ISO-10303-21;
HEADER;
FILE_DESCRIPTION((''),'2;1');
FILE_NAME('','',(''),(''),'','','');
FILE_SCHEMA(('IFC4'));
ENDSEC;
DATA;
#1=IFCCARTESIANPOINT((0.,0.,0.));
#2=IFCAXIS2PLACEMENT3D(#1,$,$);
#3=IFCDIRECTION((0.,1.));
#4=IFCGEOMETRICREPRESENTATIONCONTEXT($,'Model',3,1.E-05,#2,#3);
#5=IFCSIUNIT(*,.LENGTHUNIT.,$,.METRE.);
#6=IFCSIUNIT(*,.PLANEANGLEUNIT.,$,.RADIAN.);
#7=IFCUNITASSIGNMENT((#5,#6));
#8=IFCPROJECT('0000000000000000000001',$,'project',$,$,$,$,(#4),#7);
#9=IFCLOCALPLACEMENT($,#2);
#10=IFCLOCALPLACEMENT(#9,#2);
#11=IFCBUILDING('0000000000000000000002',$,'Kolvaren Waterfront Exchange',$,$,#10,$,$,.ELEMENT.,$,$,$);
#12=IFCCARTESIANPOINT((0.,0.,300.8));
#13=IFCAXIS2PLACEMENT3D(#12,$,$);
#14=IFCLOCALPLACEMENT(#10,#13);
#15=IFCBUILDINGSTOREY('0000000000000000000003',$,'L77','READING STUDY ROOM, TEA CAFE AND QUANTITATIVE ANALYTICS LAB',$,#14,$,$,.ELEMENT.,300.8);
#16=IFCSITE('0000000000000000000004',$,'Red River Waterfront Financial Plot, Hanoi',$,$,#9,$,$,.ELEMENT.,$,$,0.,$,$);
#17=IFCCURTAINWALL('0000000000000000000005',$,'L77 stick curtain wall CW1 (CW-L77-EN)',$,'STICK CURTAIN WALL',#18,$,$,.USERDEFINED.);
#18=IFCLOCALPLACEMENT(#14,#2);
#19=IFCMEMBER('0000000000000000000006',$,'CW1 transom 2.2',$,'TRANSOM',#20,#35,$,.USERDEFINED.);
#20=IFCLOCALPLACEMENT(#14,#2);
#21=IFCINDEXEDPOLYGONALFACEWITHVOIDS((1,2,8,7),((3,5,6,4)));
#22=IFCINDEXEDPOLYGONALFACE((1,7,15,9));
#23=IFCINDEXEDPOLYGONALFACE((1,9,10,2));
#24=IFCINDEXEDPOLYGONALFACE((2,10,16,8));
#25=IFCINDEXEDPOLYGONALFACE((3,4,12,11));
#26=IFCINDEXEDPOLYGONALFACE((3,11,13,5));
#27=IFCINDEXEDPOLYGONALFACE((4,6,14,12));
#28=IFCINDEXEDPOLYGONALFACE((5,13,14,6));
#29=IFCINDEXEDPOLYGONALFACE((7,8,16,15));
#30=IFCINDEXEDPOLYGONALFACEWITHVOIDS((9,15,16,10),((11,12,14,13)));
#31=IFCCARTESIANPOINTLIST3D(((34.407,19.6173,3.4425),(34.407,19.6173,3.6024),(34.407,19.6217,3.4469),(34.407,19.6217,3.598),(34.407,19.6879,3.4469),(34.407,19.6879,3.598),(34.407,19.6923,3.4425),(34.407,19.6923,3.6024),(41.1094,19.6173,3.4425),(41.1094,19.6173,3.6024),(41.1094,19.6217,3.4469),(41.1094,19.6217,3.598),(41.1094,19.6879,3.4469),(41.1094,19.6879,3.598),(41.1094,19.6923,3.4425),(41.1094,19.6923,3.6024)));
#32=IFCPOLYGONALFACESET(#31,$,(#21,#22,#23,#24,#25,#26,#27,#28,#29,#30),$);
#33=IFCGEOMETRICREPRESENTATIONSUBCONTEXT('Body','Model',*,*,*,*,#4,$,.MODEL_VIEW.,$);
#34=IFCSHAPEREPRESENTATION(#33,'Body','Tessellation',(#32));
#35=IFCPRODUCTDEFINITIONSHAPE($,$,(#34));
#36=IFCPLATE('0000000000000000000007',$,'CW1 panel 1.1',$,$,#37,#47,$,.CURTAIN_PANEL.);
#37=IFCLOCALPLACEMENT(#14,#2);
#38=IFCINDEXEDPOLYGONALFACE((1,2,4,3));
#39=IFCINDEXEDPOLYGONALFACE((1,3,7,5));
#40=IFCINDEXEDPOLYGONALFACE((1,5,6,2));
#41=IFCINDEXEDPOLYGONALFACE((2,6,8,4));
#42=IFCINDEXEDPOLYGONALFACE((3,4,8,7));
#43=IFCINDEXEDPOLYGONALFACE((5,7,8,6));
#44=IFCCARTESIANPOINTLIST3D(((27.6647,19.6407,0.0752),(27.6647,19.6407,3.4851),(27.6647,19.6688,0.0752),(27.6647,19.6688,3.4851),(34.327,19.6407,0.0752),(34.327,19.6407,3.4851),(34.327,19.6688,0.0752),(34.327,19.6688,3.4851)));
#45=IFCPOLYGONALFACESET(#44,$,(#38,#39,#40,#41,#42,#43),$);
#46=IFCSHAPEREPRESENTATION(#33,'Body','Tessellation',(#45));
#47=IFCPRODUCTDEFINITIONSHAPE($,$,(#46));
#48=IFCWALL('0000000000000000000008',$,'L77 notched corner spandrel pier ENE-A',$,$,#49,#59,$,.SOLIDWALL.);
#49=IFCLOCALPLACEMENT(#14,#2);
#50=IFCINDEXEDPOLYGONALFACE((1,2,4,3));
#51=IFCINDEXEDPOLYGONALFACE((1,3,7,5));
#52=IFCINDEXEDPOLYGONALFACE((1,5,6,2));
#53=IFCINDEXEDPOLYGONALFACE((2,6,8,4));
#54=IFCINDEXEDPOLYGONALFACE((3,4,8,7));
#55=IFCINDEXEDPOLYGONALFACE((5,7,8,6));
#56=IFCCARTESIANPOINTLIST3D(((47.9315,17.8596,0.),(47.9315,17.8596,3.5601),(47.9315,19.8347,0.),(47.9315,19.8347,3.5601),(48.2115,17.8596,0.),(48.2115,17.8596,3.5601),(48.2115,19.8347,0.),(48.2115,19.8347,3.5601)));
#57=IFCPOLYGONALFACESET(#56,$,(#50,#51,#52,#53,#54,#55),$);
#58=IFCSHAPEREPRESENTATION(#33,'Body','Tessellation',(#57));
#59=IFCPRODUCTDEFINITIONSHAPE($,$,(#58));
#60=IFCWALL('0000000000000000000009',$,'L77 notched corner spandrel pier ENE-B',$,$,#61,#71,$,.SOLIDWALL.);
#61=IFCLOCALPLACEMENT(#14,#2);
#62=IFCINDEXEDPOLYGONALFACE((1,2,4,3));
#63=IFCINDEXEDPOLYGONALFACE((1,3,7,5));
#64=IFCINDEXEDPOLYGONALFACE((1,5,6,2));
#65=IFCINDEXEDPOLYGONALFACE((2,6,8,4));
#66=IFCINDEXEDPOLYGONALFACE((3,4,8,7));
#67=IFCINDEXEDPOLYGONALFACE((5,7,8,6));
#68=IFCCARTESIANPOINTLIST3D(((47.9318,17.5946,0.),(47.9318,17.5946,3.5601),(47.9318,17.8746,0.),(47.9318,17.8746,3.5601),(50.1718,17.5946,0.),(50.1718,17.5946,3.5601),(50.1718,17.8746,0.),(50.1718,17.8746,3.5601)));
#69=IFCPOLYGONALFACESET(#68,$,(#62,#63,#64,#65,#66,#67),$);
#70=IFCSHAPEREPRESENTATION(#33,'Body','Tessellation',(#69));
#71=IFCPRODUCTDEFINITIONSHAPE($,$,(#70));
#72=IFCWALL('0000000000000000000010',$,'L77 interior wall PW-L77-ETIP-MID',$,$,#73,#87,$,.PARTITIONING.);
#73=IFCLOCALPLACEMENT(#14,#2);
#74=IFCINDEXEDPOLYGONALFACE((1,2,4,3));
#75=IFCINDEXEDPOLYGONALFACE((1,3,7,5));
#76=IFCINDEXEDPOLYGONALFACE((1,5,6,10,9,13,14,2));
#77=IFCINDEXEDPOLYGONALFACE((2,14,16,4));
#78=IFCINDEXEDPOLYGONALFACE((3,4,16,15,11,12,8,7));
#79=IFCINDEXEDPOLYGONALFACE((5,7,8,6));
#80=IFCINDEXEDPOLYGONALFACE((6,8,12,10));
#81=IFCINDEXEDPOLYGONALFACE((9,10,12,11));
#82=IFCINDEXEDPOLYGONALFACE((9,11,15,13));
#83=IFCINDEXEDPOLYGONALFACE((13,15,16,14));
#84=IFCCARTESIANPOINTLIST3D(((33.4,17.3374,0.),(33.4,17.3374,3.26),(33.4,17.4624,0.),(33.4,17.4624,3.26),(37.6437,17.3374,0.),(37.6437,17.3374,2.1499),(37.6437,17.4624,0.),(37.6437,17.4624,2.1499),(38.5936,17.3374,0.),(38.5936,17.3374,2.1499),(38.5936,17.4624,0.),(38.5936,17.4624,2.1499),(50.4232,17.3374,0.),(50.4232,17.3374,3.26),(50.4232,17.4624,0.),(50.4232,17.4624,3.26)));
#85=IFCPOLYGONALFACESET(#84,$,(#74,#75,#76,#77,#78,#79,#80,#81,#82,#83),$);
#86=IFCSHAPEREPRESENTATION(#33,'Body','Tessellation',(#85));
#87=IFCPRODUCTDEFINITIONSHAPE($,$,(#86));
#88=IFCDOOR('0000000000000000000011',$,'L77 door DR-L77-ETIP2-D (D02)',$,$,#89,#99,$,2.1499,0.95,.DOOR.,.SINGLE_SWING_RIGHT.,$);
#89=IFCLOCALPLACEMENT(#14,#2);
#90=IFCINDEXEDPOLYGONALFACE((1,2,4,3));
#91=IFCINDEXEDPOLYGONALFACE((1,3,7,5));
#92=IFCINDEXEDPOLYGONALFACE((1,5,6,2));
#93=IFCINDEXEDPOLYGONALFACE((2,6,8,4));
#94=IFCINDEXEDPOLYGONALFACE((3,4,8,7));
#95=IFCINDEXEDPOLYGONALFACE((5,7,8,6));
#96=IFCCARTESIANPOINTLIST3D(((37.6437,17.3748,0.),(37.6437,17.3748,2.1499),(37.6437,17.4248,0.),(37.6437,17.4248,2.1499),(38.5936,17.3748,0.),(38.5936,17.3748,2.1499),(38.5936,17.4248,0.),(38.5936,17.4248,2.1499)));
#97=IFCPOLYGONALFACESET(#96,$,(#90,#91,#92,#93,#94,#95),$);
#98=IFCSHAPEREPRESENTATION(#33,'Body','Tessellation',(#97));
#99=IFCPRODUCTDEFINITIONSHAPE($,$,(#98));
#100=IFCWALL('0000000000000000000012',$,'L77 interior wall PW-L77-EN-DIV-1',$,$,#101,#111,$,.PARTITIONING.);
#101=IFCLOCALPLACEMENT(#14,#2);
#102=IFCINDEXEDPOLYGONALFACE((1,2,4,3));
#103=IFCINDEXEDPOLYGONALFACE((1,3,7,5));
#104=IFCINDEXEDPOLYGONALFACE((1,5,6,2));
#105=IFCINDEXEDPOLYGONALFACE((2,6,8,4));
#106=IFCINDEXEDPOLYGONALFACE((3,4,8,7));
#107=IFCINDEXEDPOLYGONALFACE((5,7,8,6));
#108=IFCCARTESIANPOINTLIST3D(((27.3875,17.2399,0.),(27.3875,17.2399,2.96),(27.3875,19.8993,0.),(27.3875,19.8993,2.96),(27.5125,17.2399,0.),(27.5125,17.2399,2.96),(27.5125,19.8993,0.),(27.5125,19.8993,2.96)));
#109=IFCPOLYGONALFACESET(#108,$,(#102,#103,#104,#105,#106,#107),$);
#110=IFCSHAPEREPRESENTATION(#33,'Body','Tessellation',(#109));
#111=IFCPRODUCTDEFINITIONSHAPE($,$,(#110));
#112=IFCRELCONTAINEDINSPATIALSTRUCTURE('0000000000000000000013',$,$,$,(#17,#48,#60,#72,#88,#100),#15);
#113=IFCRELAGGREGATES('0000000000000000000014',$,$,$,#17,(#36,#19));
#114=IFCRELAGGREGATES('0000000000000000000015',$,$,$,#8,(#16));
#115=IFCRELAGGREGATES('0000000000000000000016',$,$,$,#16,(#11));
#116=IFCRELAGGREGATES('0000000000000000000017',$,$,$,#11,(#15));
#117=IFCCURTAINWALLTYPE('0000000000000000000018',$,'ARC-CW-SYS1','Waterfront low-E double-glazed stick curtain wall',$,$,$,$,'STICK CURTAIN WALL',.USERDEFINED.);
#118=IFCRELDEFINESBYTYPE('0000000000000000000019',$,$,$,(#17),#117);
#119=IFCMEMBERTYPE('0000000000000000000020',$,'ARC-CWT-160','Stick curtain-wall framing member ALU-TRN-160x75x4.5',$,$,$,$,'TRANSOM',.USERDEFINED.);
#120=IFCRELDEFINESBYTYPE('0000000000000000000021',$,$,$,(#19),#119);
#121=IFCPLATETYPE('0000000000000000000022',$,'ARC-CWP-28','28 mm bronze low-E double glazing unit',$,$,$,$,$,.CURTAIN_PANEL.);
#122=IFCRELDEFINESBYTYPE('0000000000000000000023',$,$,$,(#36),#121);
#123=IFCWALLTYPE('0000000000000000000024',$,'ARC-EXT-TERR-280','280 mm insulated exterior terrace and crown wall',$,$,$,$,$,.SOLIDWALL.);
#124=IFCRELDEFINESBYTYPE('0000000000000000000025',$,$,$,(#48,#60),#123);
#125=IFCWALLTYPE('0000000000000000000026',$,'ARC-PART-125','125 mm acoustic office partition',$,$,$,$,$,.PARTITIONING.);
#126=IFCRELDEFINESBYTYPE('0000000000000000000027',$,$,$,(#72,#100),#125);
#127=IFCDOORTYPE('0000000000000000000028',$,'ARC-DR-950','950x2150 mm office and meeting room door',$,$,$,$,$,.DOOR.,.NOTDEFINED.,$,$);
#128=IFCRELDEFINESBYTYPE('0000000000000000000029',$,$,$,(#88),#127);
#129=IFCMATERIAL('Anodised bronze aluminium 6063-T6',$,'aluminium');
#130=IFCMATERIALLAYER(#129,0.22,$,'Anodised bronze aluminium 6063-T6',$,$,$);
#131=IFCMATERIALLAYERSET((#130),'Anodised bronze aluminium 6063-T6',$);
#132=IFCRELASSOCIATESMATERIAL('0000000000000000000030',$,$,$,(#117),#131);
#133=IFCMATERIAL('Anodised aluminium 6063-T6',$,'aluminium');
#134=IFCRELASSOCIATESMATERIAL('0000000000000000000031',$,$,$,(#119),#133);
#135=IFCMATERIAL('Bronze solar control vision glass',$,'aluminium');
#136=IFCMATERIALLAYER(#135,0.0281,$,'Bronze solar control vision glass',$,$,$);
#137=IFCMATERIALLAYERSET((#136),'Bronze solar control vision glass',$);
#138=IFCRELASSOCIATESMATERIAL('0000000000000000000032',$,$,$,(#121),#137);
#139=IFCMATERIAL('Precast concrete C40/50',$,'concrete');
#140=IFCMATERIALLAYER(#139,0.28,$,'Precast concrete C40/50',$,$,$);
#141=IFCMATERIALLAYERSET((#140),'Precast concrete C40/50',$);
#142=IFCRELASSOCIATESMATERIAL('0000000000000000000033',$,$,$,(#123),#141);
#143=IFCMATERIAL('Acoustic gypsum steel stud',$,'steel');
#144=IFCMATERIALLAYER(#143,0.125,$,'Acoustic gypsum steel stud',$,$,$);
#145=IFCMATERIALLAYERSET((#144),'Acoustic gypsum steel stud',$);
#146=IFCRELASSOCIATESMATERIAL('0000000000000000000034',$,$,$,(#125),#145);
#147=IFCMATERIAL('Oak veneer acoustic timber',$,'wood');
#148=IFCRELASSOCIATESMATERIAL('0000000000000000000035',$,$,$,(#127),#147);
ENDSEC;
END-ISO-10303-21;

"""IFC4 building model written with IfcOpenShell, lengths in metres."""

from ifc_helpers import new_model, si_unit, direction, frame, frame_2d, origin, origin_with_axes, origin_2d, place, context, subcontext, project, spatial, rectangle, hollow_rectangle, extrude, source, transform, mapped, material, layer, layer_set, material_profile, profile_set, type_object, element, fill, aggregate, save


model = new_model("IFC4")

# Units and contexts
model_context = context("Model", 3, precision=1e-05, world=origin(), true_north=direction((0.0, 1.0)))
body_context = subcontext(model_context, "Body", "Model", "MODEL_VIEW")
ifc_project = project(units=[si_unit("LENGTHUNIT", "METRE"), si_unit("PLANEANGLEUNIT", "RADIAN")], contexts=[model_context])

# Site, building, storey
site_placement = place(None, origin())
site = spatial("IfcSite", under=ifc_project, at=site_placement, Name="Red River Waterfront Financial Plot, Hanoi", CompositionType="ELEMENT", RefElevation=0.0)
building_placement = place(site_placement, origin())
building = spatial("IfcBuilding", under=site, at=building_placement, Name="Kolvaren Waterfront Exchange", CompositionType="ELEMENT")
storey_placement = place(building_placement, frame((0.0, 0.0, 300.8)))
storey = spatial("IfcBuildingStorey", under=building, at=storey_placement, Name="L77", Description="READING STUDY ROOM, TEA CAFE AND QUANTITATIVE ANALYTICS LAB", CompositionType="ELEMENT", Elevation=300.8)

# Curtain wall, member, plate
ifc_material_1 = material(Name="Anodised bronze aluminium 6063-T6", Category="aluminium")
ifc_layer_1 = layer(ifc_material_1, 0.22, Name="Anodised bronze aluminium 6063-T6")
ifc_layer_set_1 = layer_set([ifc_layer_1], Name="Anodised bronze aluminium 6063-T6")
curtain_wall_type = type_object("IfcCurtainWallType", Name="ARC-CW-SYS1", Description="Waterfront low-E double-glazed stick curtain wall", ElementType="STICK CURTAIN WALL", PredefinedType="USERDEFINED", material=ifc_layer_set_1)
curtain_wall_placement = place(storey_placement, origin())
curtain_wall = element("IfcCurtainWall", 1, at=curtain_wall_placement, inside=storey, type_object=curtain_wall_type, Name="L77 stick curtain wall CW1 (CW-L77-EN)", ObjectType="STICK CURTAIN WALL", PredefinedType="USERDEFINED")
ifc_material_2 = material(Name="Anodised aluminium 6063-T6", Category="aluminium")
ifc_material_profile_1 = material_profile(ifc_material_2, hollow_rectangle(XDim=0.075, YDim=0.1599, WallThickness=0.0044, at=origin_2d()), Name="ALU-TRN-160x75x4.5")
ifc_profile_set_1 = profile_set([ifc_material_profile_1], Name="Anodised aluminium 6063-T6")
member_type_1 = type_object("IfcMemberType", Name="ARC-CWT-160", Description="Stick curtain-wall framing member ALU-TRN-160x75x4.5", ElementType="TRANSOM", PredefinedType="USERDEFINED", material=ifc_profile_set_1)
shared_shape_1 = source(origin_with_axes(), body_context, "Body", "SweptSolid", [
    extrude(hollow_rectangle(XDim=0.075, YDim=0.1599, WallThickness=0.0044, at=origin_2d()), origin(), (0.0, 0.0, 1.0), 6.7024),
])
member_1_placement = place(storey_placement, frame((34.407, 19.6548, 3.5225), z_axis=(1.0, 0.0, 0.0), x_axis=(0.0, 1.0, 0.0)))
member_1 = element("IfcMember", 2, at=member_1_placement, type_object=member_type_1, Name="CW1 transom 2.2", ObjectType="TRANSOM", PredefinedType="USERDEFINED", context=body_context, shape_type="MappedRepresentation", body=[
    mapped(shared_shape_1, transform((0.0, 0.0, 0.0), x_axis=(1.0, 0.0, 0.0), y_axis=(0.0, 1.0, 0.0), z_axis=(0.0, 0.0, 1.0), scale=1.0)),
])
ifc_material_3 = material(Name="Bronze solar control vision glass", Category="aluminium")
ifc_layer_2 = layer(ifc_material_3, 0.0281, Name="Bronze solar control vision glass")
ifc_layer_set_2 = layer_set([ifc_layer_2], Name="Bronze solar control vision glass")
plate_type = type_object("IfcPlateType", Name="ARC-CWP-28", Description="28 mm bronze low-E double glazing unit", PredefinedType="CURTAIN_PANEL", material=ifc_layer_set_2)
shared_shape_2 = source(origin_with_axes(), body_context, "Body", "SweptSolid", [
    extrude(rectangle(XDim=6.6624, YDim=0.0281, at=origin_2d()), origin(), (0.0, 0.0, 1.0), 3.4099),
])
plate_placement = place(storey_placement, frame((30.9958, 19.6548, 0.0752), z_axis=(0.0, 0.0, 1.0), x_axis=(1.0, 0.0, 0.0)))
plate = element("IfcPlate", 3, at=plate_placement, type_object=plate_type, Name="CW1 panel 1.1", PredefinedType="CURTAIN_PANEL", context=body_context, shape_type="MappedRepresentation", body=[
    mapped(shared_shape_2, transform((0.0, 0.0, 0.0), x_axis=(1.0, 0.0, 0.0), y_axis=(0.0, 1.0, 0.0), z_axis=(0.0, 0.0, 1.0), scale=1.0)),
])
aggregate(curtain_wall, [plate, member_1])

# Walls
ifc_material_4 = material(Name="Precast concrete C40/50", Category="concrete")
ifc_layer_3 = layer(ifc_material_4, 0.28, Name="Precast concrete C40/50")
ifc_layer_set_3 = layer_set([ifc_layer_3], Name="Precast concrete C40/50")
wall_type_1 = type_object("IfcWallType", Name="ARC-EXT-TERR-280", Description="280 mm insulated exterior terrace and crown wall", PredefinedType="SOLIDWALL", material=ifc_layer_set_3)
wall_1_placement = place(storey_placement, frame((48.0715, 17.8596, 0.0), z_axis=(0.0, 0.0, 1.0), x_axis=(0.0, 1.0, 0.0)))
element("IfcWall", 4, at=wall_1_placement, inside=storey, type_object=wall_type_1, Name="L77 notched corner spandrel pier ENE-A", PredefinedType="SOLIDWALL", context=body_context, shape_type="SweptSolid", body=[
    extrude(rectangle(XDim=1.9751, YDim=0.28, at=frame_2d((0.9875, 0.0))), origin(), (0.0, 0.0, 1.0), 3.5601),
])
wall_2_placement = place(storey_placement, frame((47.9316, 17.7346, 0.0), z_axis=(0.0, 0.0, 1.0), x_axis=(1.0, 0.0, 0.0)))
element("IfcWall", 5, at=wall_2_placement, inside=storey, type_object=wall_type_1, Name="L77 notched corner spandrel pier ENE-B", PredefinedType="SOLIDWALL", context=body_context, shape_type="SweptSolid", body=[
    extrude(rectangle(XDim=2.24, YDim=0.28, at=frame_2d((1.1201, 0.0))), origin(), (0.0, 0.0, 1.0), 3.5601),
])

# Wall, opening, door
ifc_material_5 = material(Name="Acoustic gypsum steel stud", Category="steel")
ifc_layer_4 = layer(ifc_material_5, 0.125, Name="Acoustic gypsum steel stud")
ifc_layer_set_4 = layer_set([ifc_layer_4], Name="Acoustic gypsum steel stud")
wall_type_2 = type_object("IfcWallType", Name="ARC-PART-125", Description="125 mm acoustic office partition", PredefinedType="PARTITIONING", material=ifc_layer_set_4)
wall_3_placement = place(storey_placement, frame((33.3999, 17.3999, 0.0), z_axis=(0.0, 0.0, 1.0), x_axis=(1.0, 0.0, 0.0)))
wall_3 = element("IfcWall", 6, at=wall_3_placement, inside=storey, type_object=wall_type_2, Name="L77 interior wall PW-L77-ETIP-MID", PredefinedType="PARTITIONING", context=body_context, shape_type="SweptSolid", body=[
    extrude(rectangle(XDim=17.0232, YDim=0.125, at=frame_2d((8.5117, 0.0))), origin(), (0.0, 0.0, 1.0), 3.26),
])
opening_placement = place(wall_3_placement, frame((4.2437, 0.0, 0.0)))
opening = element("IfcOpeningElement", 7, at=opening_placement, cuts=wall_3, PredefinedType="OPENING", context=body_context, shape_type="SweptSolid", body=[
    extrude(rectangle(XDim=0.95, YDim=2.1499, at=frame_2d((0.4751, 1.075))), frame((0.0, 0.0725, 0.0), z_axis=(0.0, -1.0, 0.0), x_axis=(1.0, 0.0, 0.0)), (0.0, 0.0, 1.0), 0.145),
])
ifc_material_6 = material(Name="Oak veneer acoustic timber", Category="wood")
door_type = type_object("IfcDoorType", Name="ARC-DR-950", Description="950x2150 mm office and meeting room door", OperationType="NOTDEFINED", PredefinedType="DOOR", material=ifc_material_6)
door_placement = place(opening_placement, origin())
door = element("IfcDoor", 8, at=door_placement, inside=storey, type_object=door_type, Name="L77 door DR-L77-ETIP2-D (D02)", OperationType="SINGLE_SWING_RIGHT", OverallHeight=2.1499, OverallWidth=0.95, PredefinedType="DOOR", context=body_context, shape_type="SweptSolid", body=[
    extrude(rectangle(XDim=0.95, YDim=2.1499, at=frame_2d((0.4751, 1.075))), frame((0.0, 0.0249, 0.0), z_axis=(0.0, -1.0, 0.0), x_axis=(1.0, 0.0, 0.0)), (0.0, 0.0, 1.0), 0.05),
])
fill(opening, door)

# Wall
wall_4_placement = place(storey_placement, frame((27.45, 17.24, 0.0), z_axis=(0.0, 0.0, 1.0), x_axis=(0.0, 1.0, 0.0)))
element("IfcWall", 9, at=wall_4_placement, inside=storey, type_object=wall_type_2, Name="L77 interior wall PW-L77-EN-DIV-1", PredefinedType="PARTITIONING", context=body_context, shape_type="SweptSolid", body=[
    extrude(rectangle(XDim=2.6594, YDim=0.125, at=frame_2d((1.3296, 0.0))), origin(), (0.0, 0.0, 1.0), 2.96),
])

save(model, "model.ifc")
